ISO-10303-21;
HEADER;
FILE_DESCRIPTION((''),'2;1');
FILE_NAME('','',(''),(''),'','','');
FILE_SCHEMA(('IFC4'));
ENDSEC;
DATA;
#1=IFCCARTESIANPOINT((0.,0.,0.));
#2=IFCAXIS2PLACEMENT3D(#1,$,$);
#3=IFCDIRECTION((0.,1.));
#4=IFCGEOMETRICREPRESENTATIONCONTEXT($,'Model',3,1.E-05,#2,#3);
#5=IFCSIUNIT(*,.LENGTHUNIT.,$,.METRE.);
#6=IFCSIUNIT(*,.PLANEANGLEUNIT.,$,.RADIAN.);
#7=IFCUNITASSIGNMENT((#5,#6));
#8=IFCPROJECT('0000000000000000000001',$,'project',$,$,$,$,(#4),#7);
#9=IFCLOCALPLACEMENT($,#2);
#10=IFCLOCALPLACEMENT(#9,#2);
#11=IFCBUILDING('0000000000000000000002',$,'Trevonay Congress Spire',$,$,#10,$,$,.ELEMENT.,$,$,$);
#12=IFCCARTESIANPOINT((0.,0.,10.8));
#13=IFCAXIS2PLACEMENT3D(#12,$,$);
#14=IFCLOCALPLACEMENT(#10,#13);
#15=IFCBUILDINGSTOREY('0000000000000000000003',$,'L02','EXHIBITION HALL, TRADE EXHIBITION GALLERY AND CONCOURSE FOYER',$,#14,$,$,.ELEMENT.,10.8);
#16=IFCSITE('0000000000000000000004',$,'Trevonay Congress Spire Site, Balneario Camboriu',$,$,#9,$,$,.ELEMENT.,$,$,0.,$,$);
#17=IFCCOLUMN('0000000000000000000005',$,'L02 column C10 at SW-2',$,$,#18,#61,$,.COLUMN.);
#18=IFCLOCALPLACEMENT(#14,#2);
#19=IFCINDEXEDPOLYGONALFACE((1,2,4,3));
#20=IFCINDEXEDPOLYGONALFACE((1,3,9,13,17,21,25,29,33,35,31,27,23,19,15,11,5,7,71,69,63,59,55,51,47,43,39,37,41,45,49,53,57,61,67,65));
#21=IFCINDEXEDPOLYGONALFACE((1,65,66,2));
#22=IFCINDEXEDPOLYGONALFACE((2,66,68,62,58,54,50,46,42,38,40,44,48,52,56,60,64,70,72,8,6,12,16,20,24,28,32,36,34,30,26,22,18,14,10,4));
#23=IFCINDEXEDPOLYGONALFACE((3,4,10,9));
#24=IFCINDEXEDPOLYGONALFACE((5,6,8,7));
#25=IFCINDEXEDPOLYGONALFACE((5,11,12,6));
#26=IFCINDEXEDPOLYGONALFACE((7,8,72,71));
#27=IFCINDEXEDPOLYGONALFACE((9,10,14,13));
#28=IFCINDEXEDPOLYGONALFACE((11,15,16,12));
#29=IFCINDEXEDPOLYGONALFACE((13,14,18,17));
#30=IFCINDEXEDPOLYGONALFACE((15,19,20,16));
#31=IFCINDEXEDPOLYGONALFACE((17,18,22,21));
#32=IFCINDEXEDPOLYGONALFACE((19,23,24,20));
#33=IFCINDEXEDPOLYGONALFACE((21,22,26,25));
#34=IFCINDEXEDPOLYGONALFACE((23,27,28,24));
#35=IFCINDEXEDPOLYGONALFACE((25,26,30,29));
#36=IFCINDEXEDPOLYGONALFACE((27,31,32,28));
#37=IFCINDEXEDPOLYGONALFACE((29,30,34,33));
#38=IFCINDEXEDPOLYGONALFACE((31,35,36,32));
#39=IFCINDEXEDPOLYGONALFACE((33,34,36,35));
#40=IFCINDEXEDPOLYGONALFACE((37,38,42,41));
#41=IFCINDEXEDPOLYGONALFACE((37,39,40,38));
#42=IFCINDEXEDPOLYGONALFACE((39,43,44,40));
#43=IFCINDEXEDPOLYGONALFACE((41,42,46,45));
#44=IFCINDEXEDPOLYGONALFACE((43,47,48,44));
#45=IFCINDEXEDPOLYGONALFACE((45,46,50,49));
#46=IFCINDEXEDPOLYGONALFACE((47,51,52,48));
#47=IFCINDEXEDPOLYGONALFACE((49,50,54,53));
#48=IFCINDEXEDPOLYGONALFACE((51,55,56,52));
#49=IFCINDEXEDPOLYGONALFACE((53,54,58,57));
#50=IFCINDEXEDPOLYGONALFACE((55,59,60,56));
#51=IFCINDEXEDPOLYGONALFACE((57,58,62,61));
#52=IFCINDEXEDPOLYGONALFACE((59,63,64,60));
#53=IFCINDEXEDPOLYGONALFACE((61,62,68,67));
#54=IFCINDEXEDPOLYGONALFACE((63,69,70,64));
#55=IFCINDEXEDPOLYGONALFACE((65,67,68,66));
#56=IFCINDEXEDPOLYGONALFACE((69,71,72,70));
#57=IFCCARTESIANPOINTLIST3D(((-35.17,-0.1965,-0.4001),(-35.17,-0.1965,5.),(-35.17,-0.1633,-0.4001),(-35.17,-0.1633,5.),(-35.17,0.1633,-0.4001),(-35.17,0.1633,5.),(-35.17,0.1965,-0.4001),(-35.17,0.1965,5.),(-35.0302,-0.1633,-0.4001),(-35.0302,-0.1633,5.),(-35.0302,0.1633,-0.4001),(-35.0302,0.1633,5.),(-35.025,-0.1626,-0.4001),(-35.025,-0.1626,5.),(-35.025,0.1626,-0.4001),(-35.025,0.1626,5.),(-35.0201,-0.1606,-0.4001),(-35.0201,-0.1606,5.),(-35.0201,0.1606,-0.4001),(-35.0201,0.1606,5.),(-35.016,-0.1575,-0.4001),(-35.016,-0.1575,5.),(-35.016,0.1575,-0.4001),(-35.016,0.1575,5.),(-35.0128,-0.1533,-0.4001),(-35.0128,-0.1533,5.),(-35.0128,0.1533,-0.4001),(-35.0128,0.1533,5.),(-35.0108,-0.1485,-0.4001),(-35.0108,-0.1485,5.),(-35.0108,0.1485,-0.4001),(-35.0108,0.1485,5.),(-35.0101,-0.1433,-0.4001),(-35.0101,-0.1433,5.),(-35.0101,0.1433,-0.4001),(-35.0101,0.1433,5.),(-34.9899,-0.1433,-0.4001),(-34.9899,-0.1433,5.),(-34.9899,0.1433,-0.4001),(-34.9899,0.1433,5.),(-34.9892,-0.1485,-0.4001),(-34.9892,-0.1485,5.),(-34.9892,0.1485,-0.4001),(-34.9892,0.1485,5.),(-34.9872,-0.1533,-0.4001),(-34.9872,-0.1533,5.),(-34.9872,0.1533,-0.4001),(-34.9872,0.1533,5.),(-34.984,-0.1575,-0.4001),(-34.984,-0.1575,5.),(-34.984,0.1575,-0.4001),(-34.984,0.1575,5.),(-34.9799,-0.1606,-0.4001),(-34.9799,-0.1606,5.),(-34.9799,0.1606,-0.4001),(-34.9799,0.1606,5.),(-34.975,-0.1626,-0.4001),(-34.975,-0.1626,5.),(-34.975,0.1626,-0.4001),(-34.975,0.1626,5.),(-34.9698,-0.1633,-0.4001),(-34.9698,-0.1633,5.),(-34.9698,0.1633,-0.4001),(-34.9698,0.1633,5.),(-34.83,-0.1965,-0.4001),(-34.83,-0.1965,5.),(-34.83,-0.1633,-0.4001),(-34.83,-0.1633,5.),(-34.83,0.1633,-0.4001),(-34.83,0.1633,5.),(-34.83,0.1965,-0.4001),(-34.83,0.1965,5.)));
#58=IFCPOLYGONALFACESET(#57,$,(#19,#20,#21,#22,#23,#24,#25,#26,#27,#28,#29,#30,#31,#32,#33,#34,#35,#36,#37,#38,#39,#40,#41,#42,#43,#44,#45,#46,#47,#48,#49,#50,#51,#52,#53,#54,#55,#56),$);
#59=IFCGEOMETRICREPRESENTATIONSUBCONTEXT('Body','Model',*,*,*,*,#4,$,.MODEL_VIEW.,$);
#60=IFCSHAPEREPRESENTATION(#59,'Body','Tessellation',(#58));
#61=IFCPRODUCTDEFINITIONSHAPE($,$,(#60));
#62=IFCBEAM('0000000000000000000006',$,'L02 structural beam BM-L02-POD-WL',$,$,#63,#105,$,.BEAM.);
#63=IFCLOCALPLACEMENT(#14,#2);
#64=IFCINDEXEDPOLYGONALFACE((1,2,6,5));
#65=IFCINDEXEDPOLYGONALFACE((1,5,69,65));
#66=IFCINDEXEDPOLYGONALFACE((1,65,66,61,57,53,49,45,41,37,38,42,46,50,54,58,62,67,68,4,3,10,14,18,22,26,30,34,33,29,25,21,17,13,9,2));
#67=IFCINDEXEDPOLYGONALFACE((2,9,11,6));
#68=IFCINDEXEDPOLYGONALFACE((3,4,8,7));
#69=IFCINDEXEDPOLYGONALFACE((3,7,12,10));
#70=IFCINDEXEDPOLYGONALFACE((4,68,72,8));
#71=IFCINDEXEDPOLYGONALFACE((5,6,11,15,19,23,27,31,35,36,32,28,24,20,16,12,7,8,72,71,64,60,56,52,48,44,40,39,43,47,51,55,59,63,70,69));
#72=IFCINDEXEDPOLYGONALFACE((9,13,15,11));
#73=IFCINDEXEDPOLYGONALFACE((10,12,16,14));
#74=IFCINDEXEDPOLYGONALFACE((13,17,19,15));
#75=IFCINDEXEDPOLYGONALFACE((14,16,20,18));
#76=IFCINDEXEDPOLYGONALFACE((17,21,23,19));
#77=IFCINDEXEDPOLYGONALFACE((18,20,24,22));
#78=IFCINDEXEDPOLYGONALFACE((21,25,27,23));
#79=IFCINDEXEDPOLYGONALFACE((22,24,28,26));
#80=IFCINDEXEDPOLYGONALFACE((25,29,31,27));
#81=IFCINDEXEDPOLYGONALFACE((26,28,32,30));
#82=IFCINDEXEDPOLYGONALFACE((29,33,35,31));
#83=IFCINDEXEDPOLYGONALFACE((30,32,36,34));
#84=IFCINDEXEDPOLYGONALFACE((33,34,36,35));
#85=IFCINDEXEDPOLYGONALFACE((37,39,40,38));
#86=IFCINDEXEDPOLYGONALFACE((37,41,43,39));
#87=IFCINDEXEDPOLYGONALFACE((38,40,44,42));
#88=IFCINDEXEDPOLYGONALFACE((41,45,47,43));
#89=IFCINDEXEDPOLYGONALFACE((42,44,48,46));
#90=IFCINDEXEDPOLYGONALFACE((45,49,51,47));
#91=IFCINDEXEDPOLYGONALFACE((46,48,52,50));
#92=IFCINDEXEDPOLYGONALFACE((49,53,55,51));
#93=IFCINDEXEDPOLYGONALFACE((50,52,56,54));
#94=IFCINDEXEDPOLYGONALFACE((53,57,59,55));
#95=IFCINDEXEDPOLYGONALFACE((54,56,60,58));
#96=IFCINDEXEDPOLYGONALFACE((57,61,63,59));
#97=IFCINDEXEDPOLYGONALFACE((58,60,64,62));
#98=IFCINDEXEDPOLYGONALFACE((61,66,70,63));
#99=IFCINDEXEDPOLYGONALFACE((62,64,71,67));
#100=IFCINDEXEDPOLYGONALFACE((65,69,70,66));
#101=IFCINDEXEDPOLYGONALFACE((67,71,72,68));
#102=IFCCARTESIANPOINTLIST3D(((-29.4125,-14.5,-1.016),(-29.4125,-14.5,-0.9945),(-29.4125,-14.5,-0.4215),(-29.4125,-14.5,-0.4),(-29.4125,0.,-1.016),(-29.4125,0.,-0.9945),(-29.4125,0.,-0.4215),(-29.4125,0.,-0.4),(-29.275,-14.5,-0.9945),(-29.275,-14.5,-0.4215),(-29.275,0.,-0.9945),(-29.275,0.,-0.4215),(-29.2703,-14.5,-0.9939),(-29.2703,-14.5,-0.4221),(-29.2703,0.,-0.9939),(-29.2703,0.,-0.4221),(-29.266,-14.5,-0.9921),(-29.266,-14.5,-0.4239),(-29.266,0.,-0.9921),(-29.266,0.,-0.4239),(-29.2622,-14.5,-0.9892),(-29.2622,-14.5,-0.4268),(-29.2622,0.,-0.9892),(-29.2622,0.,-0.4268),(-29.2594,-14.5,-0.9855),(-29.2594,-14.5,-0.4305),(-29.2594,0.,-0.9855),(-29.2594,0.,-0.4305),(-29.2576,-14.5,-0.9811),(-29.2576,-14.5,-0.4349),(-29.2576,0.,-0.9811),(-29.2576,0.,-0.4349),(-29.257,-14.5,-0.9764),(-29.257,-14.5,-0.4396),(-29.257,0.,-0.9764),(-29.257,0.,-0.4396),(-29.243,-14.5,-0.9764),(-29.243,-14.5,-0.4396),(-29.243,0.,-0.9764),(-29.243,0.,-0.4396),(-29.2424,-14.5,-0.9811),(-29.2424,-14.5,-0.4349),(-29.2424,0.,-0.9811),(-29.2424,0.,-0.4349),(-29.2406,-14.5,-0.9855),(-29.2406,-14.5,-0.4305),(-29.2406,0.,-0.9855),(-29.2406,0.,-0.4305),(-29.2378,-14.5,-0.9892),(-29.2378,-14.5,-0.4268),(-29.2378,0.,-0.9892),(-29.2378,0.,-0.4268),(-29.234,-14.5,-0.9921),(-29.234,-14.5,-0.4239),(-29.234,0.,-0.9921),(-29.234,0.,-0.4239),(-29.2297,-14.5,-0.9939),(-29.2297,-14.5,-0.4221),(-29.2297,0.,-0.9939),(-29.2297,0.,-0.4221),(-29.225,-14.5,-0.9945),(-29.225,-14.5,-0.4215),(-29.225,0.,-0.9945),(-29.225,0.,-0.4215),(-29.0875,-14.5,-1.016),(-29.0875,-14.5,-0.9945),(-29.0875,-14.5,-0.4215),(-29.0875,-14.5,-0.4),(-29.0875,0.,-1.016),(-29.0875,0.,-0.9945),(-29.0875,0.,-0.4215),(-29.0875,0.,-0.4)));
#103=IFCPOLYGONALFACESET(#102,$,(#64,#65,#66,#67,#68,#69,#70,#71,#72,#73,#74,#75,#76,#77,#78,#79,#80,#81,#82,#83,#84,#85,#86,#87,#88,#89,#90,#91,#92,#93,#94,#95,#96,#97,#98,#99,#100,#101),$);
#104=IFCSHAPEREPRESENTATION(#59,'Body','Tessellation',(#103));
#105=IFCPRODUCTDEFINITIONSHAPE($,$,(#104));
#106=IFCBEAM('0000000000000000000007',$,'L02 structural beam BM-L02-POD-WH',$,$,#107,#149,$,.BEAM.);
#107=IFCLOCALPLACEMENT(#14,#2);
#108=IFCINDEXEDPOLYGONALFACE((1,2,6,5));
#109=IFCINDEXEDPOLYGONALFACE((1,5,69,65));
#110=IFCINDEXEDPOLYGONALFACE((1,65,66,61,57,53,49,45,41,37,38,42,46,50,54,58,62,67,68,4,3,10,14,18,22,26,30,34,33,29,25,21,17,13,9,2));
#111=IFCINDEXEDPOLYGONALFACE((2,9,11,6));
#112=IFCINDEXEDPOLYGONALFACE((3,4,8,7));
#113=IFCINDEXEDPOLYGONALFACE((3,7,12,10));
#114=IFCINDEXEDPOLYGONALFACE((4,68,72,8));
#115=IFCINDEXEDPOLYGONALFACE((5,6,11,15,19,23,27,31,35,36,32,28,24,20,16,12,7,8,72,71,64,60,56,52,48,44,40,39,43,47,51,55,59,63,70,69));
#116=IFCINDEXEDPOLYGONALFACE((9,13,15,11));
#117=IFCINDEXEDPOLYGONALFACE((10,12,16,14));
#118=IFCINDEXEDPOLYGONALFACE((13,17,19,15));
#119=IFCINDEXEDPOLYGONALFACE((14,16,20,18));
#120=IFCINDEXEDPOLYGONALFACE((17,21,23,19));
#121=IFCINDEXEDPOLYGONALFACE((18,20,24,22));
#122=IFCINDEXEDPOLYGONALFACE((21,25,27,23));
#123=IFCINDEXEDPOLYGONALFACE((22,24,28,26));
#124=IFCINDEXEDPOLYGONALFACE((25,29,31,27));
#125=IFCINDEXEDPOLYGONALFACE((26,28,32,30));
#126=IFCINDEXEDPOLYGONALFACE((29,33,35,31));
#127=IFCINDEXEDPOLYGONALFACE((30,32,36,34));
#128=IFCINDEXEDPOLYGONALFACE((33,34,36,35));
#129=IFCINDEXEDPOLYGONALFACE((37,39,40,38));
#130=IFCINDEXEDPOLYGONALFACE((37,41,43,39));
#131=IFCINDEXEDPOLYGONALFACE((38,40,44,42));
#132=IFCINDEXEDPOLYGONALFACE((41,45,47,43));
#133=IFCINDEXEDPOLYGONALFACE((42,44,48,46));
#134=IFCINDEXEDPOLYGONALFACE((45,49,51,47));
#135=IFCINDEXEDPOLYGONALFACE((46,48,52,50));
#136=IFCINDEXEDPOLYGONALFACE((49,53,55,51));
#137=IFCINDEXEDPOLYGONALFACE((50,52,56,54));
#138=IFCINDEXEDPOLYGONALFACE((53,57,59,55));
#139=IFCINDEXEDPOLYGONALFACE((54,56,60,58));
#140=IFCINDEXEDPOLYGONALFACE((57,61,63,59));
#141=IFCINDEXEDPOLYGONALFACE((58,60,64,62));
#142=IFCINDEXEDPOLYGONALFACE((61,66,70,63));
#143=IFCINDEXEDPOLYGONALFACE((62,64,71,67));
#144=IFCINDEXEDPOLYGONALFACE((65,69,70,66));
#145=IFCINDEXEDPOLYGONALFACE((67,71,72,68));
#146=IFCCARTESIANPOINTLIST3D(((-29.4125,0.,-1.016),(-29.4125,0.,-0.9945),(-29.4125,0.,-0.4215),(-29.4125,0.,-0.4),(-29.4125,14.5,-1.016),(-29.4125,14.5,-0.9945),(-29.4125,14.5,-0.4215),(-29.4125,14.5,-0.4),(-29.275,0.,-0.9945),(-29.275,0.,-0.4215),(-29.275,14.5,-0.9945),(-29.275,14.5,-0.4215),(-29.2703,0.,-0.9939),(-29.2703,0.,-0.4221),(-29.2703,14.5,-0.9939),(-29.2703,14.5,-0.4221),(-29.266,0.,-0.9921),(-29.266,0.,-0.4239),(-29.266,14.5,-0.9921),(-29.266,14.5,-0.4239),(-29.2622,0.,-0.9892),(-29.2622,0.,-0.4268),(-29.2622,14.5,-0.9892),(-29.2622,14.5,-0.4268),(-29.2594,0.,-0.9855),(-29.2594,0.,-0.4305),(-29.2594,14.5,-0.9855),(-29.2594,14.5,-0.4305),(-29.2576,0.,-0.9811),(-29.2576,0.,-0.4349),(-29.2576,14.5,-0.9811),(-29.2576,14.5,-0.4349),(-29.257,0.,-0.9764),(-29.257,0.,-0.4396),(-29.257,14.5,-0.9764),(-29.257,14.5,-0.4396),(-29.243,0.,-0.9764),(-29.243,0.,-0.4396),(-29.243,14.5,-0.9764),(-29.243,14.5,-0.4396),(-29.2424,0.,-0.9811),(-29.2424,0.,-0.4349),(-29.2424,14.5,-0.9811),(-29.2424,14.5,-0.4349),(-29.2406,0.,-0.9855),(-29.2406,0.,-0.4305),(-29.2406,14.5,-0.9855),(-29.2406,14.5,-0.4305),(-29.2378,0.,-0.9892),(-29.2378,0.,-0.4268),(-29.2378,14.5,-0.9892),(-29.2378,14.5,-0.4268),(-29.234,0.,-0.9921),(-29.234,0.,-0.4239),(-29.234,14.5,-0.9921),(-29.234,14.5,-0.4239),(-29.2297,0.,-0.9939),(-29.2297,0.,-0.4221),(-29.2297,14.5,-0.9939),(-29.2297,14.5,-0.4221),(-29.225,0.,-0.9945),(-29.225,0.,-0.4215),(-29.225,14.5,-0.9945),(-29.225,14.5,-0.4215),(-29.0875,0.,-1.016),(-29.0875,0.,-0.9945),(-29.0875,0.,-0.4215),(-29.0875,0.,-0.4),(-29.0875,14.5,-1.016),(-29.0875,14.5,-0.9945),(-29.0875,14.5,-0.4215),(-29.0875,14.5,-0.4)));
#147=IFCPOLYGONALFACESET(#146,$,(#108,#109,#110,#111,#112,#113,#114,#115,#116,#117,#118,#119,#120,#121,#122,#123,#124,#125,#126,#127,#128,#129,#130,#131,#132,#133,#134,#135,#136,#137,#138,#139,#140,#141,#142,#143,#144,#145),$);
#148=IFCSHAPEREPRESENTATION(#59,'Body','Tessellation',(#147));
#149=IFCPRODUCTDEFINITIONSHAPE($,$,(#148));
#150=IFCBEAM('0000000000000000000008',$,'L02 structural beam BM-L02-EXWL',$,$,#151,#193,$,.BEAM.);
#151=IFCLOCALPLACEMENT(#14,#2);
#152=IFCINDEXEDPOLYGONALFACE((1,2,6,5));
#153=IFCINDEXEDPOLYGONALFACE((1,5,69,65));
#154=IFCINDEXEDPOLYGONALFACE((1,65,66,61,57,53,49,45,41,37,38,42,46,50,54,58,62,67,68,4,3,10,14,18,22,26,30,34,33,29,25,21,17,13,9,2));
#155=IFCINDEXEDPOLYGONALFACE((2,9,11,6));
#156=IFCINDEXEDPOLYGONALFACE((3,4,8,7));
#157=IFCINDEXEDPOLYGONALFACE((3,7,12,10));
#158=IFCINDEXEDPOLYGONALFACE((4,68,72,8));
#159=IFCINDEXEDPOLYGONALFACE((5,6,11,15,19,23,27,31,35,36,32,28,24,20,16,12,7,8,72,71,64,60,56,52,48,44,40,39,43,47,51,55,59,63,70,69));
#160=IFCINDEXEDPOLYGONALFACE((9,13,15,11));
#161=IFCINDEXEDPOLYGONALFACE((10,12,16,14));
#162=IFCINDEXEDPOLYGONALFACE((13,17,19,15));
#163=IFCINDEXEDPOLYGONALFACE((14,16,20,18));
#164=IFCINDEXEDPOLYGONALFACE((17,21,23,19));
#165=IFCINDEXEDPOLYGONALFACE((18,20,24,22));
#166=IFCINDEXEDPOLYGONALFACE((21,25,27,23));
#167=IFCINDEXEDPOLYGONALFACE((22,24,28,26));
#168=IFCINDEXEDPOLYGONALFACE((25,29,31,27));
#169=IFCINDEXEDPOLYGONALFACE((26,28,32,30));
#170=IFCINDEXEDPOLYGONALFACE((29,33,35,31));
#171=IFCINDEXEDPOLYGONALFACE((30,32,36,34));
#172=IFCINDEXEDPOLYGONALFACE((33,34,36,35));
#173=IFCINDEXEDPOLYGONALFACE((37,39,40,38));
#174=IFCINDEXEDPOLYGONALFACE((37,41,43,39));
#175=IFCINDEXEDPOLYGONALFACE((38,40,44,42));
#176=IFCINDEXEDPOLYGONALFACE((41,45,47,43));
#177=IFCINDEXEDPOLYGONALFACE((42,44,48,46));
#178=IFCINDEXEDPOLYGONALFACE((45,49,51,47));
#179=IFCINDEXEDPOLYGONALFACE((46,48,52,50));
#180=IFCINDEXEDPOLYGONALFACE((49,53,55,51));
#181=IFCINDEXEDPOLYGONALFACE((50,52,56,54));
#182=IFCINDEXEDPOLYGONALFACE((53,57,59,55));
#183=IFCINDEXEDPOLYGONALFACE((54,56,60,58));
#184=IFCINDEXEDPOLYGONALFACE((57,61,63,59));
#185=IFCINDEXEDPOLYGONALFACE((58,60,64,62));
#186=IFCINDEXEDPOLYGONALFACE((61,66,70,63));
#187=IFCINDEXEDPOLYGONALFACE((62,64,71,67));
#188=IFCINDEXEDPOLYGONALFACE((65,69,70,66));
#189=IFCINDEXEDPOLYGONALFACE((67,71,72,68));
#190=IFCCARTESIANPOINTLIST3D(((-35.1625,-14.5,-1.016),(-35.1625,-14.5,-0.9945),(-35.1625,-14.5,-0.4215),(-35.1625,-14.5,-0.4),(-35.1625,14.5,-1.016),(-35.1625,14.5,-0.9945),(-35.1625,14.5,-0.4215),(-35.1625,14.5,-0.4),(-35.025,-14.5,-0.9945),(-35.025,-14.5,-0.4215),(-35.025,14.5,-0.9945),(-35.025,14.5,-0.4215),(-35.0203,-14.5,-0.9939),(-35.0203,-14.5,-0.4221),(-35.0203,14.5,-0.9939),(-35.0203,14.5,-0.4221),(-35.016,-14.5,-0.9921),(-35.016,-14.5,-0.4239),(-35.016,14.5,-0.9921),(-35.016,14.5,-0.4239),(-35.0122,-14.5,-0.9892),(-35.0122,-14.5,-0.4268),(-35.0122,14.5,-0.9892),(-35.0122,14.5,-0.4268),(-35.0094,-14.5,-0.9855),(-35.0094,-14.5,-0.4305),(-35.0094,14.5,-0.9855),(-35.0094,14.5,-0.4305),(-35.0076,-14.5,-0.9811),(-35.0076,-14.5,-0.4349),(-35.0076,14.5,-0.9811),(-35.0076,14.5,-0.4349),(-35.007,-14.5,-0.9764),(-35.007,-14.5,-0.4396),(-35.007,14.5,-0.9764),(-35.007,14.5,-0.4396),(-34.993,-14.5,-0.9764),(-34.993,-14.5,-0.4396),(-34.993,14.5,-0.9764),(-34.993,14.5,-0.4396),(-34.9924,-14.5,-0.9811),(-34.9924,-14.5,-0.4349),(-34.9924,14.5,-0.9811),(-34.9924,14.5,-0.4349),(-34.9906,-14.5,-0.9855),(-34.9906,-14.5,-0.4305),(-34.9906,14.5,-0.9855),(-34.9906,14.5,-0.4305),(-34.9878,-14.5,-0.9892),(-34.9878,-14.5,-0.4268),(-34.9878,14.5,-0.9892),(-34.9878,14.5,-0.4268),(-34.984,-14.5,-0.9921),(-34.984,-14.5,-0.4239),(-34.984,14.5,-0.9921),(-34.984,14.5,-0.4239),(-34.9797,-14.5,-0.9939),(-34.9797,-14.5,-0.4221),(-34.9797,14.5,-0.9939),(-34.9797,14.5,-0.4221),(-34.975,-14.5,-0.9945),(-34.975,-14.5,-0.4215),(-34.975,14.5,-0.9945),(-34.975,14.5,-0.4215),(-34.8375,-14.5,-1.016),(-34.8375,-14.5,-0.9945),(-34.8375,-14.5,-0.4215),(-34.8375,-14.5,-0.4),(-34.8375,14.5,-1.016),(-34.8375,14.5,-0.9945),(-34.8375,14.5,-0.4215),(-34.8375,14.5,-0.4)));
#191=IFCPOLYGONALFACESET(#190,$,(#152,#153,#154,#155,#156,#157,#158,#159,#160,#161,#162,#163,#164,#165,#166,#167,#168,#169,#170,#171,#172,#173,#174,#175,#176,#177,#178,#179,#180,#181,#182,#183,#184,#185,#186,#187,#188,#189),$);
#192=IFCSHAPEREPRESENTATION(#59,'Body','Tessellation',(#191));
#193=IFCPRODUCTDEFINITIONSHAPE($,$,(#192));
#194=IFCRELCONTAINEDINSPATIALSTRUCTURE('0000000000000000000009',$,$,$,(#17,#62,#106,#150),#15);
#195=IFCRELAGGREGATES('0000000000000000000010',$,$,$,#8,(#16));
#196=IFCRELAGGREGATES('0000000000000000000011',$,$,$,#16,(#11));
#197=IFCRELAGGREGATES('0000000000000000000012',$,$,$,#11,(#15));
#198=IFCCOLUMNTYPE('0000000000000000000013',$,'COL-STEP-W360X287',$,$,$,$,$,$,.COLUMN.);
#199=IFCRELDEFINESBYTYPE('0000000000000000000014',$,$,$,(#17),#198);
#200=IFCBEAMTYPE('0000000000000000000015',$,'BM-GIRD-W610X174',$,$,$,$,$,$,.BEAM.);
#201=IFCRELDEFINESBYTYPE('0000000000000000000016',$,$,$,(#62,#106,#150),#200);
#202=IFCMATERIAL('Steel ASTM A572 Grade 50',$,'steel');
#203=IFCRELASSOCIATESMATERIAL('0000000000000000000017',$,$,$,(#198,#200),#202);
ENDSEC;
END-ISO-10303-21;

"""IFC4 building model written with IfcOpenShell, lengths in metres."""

from ifc_helpers import new_model, si_unit, direction, frame, origin, origin_2d, place, context, subcontext, project, spatial, i_section, extrude, material, material_profile, profile_set, type_object, element, save


model = new_model("IFC4")

# Units and contexts
model_context = context("Model", 3, precision=1e-05, world=origin(), true_north=direction((0.0, 1.0)))
body_context = subcontext(model_context, "Body", "Model", "MODEL_VIEW")
ifc_project = project(units=[si_unit("LENGTHUNIT", "METRE"), si_unit("PLANEANGLEUNIT", "RADIAN")], contexts=[model_context])

# Site, building, storey
site_placement = place(None, origin())
site = spatial("IfcSite", under=ifc_project, at=site_placement, Name="Trevonay Congress Spire Site, Balneario Camboriu", CompositionType="ELEMENT", RefElevation=0.0)
building_placement = place(site_placement, origin())
building = spatial("IfcBuilding", under=site, at=building_placement, Name="Trevonay Congress Spire", CompositionType="ELEMENT")
storey_placement = place(building_placement, frame((0.0, 0.0, 10.8)))
storey = spatial("IfcBuildingStorey", under=building, at=storey_placement, Name="L02", Description="EXHIBITION HALL, TRADE EXHIBITION GALLERY AND CONCOURSE FOYER", CompositionType="ELEMENT", Elevation=10.8)

# Column
ifc_material_1 = material(Name="Steel ASTM A572 Grade 50", Category="steel")
ifc_material_profile_1 = material_profile(ifc_material_1, i_section(OverallWidth=0.3401, OverallDepth=0.3931, WebThickness=0.0203, FlangeThickness=0.0332, FilletRadius=0.02, at=origin_2d()), Name="W360x287")
ifc_profile_set_1 = profile_set([ifc_material_profile_1], Name="Steel ASTM A572 Grade 50")
column_type_1 = type_object("IfcColumnType", Name="COL-STEP-W360X287", PredefinedType="COLUMN", material=ifc_profile_set_1)
for number, where, z_axis, x_axis, name in (
    (1, (-35.0, 0.0, -0.4001), (0.0, 0.0, 1.0), (1.0, 0.0, 0.0), "L02 column C10 at SW-2"),
):
    element("IfcColumn", number, at=place(storey_placement, frame(where, z_axis=z_axis, x_axis=x_axis)), inside=storey, type_object=column_type_1, Name=name, PredefinedType="COLUMN", context=body_context, shape_type="SweptSolid", body=[
        extrude(i_section(OverallWidth=0.3401, OverallDepth=0.3931, WebThickness=0.0203, FlangeThickness=0.0332, FilletRadius=0.02, at=origin_2d()), origin(), (0.0, 0.0, 1.0), 5.4001),
    ])

# Beams
ifc_material_profile_2 = material_profile(ifc_material_1, i_section(OverallWidth=0.325, OverallDepth=0.616, WebThickness=0.0139, FlangeThickness=0.0215, FilletRadius=0.0181, at=origin_2d()), Name="W610x174")
ifc_profile_set_2 = profile_set([ifc_material_profile_2], Name="Steel ASTM A572 Grade 50")
beam_type_1 = type_object("IfcBeamType", Name="BM-GIRD-W610X174", PredefinedType="BEAM", material=ifc_profile_set_2)
for number, where, z_axis, x_axis, name in (
    (2, (-29.25, -14.5, -0.708), (0.0, 1.0, 0.0), (-1.0, 0.0, 0.0), "L02 structural beam BM-L02-POD-WL"),
    (3, (-29.25, 0.0, -0.708), (0.0, 1.0, 0.0), (-1.0, 0.0, 0.0), "L02 structural beam BM-L02-POD-WH"),
):
    element("IfcBeam", number, at=place(storey_placement, frame(where, z_axis=z_axis, x_axis=x_axis)), inside=storey, type_object=beam_type_1, Name=name, PredefinedType="BEAM", context=body_context, shape_type="SweptSolid", body=[
        extrude(i_section(OverallWidth=0.325, OverallDepth=0.616, WebThickness=0.0139, FlangeThickness=0.0215, FilletRadius=0.0181, at=origin_2d()), origin(), (0.0, 0.0, 1.0), 14.5),
    ])
beam_placement = place(storey_placement, frame((-35.0, -14.5, -0.708), z_axis=(0.0, 1.0, 0.0), x_axis=(-1.0, 0.0, 0.0)))
element("IfcBeam", 4, at=beam_placement, inside=storey, type_object=beam_type_1, Name="L02 structural beam BM-L02-EXWL", PredefinedType="BEAM", context=body_context, shape_type="SweptSolid", body=[
    extrude(i_section(OverallWidth=0.325, OverallDepth=0.616, WebThickness=0.0139, FlangeThickness=0.0215, FilletRadius=0.0181, at=origin_2d()), origin(), (0.0, 0.0, 1.0), 29.0),
])

save(model, "model.ifc")
